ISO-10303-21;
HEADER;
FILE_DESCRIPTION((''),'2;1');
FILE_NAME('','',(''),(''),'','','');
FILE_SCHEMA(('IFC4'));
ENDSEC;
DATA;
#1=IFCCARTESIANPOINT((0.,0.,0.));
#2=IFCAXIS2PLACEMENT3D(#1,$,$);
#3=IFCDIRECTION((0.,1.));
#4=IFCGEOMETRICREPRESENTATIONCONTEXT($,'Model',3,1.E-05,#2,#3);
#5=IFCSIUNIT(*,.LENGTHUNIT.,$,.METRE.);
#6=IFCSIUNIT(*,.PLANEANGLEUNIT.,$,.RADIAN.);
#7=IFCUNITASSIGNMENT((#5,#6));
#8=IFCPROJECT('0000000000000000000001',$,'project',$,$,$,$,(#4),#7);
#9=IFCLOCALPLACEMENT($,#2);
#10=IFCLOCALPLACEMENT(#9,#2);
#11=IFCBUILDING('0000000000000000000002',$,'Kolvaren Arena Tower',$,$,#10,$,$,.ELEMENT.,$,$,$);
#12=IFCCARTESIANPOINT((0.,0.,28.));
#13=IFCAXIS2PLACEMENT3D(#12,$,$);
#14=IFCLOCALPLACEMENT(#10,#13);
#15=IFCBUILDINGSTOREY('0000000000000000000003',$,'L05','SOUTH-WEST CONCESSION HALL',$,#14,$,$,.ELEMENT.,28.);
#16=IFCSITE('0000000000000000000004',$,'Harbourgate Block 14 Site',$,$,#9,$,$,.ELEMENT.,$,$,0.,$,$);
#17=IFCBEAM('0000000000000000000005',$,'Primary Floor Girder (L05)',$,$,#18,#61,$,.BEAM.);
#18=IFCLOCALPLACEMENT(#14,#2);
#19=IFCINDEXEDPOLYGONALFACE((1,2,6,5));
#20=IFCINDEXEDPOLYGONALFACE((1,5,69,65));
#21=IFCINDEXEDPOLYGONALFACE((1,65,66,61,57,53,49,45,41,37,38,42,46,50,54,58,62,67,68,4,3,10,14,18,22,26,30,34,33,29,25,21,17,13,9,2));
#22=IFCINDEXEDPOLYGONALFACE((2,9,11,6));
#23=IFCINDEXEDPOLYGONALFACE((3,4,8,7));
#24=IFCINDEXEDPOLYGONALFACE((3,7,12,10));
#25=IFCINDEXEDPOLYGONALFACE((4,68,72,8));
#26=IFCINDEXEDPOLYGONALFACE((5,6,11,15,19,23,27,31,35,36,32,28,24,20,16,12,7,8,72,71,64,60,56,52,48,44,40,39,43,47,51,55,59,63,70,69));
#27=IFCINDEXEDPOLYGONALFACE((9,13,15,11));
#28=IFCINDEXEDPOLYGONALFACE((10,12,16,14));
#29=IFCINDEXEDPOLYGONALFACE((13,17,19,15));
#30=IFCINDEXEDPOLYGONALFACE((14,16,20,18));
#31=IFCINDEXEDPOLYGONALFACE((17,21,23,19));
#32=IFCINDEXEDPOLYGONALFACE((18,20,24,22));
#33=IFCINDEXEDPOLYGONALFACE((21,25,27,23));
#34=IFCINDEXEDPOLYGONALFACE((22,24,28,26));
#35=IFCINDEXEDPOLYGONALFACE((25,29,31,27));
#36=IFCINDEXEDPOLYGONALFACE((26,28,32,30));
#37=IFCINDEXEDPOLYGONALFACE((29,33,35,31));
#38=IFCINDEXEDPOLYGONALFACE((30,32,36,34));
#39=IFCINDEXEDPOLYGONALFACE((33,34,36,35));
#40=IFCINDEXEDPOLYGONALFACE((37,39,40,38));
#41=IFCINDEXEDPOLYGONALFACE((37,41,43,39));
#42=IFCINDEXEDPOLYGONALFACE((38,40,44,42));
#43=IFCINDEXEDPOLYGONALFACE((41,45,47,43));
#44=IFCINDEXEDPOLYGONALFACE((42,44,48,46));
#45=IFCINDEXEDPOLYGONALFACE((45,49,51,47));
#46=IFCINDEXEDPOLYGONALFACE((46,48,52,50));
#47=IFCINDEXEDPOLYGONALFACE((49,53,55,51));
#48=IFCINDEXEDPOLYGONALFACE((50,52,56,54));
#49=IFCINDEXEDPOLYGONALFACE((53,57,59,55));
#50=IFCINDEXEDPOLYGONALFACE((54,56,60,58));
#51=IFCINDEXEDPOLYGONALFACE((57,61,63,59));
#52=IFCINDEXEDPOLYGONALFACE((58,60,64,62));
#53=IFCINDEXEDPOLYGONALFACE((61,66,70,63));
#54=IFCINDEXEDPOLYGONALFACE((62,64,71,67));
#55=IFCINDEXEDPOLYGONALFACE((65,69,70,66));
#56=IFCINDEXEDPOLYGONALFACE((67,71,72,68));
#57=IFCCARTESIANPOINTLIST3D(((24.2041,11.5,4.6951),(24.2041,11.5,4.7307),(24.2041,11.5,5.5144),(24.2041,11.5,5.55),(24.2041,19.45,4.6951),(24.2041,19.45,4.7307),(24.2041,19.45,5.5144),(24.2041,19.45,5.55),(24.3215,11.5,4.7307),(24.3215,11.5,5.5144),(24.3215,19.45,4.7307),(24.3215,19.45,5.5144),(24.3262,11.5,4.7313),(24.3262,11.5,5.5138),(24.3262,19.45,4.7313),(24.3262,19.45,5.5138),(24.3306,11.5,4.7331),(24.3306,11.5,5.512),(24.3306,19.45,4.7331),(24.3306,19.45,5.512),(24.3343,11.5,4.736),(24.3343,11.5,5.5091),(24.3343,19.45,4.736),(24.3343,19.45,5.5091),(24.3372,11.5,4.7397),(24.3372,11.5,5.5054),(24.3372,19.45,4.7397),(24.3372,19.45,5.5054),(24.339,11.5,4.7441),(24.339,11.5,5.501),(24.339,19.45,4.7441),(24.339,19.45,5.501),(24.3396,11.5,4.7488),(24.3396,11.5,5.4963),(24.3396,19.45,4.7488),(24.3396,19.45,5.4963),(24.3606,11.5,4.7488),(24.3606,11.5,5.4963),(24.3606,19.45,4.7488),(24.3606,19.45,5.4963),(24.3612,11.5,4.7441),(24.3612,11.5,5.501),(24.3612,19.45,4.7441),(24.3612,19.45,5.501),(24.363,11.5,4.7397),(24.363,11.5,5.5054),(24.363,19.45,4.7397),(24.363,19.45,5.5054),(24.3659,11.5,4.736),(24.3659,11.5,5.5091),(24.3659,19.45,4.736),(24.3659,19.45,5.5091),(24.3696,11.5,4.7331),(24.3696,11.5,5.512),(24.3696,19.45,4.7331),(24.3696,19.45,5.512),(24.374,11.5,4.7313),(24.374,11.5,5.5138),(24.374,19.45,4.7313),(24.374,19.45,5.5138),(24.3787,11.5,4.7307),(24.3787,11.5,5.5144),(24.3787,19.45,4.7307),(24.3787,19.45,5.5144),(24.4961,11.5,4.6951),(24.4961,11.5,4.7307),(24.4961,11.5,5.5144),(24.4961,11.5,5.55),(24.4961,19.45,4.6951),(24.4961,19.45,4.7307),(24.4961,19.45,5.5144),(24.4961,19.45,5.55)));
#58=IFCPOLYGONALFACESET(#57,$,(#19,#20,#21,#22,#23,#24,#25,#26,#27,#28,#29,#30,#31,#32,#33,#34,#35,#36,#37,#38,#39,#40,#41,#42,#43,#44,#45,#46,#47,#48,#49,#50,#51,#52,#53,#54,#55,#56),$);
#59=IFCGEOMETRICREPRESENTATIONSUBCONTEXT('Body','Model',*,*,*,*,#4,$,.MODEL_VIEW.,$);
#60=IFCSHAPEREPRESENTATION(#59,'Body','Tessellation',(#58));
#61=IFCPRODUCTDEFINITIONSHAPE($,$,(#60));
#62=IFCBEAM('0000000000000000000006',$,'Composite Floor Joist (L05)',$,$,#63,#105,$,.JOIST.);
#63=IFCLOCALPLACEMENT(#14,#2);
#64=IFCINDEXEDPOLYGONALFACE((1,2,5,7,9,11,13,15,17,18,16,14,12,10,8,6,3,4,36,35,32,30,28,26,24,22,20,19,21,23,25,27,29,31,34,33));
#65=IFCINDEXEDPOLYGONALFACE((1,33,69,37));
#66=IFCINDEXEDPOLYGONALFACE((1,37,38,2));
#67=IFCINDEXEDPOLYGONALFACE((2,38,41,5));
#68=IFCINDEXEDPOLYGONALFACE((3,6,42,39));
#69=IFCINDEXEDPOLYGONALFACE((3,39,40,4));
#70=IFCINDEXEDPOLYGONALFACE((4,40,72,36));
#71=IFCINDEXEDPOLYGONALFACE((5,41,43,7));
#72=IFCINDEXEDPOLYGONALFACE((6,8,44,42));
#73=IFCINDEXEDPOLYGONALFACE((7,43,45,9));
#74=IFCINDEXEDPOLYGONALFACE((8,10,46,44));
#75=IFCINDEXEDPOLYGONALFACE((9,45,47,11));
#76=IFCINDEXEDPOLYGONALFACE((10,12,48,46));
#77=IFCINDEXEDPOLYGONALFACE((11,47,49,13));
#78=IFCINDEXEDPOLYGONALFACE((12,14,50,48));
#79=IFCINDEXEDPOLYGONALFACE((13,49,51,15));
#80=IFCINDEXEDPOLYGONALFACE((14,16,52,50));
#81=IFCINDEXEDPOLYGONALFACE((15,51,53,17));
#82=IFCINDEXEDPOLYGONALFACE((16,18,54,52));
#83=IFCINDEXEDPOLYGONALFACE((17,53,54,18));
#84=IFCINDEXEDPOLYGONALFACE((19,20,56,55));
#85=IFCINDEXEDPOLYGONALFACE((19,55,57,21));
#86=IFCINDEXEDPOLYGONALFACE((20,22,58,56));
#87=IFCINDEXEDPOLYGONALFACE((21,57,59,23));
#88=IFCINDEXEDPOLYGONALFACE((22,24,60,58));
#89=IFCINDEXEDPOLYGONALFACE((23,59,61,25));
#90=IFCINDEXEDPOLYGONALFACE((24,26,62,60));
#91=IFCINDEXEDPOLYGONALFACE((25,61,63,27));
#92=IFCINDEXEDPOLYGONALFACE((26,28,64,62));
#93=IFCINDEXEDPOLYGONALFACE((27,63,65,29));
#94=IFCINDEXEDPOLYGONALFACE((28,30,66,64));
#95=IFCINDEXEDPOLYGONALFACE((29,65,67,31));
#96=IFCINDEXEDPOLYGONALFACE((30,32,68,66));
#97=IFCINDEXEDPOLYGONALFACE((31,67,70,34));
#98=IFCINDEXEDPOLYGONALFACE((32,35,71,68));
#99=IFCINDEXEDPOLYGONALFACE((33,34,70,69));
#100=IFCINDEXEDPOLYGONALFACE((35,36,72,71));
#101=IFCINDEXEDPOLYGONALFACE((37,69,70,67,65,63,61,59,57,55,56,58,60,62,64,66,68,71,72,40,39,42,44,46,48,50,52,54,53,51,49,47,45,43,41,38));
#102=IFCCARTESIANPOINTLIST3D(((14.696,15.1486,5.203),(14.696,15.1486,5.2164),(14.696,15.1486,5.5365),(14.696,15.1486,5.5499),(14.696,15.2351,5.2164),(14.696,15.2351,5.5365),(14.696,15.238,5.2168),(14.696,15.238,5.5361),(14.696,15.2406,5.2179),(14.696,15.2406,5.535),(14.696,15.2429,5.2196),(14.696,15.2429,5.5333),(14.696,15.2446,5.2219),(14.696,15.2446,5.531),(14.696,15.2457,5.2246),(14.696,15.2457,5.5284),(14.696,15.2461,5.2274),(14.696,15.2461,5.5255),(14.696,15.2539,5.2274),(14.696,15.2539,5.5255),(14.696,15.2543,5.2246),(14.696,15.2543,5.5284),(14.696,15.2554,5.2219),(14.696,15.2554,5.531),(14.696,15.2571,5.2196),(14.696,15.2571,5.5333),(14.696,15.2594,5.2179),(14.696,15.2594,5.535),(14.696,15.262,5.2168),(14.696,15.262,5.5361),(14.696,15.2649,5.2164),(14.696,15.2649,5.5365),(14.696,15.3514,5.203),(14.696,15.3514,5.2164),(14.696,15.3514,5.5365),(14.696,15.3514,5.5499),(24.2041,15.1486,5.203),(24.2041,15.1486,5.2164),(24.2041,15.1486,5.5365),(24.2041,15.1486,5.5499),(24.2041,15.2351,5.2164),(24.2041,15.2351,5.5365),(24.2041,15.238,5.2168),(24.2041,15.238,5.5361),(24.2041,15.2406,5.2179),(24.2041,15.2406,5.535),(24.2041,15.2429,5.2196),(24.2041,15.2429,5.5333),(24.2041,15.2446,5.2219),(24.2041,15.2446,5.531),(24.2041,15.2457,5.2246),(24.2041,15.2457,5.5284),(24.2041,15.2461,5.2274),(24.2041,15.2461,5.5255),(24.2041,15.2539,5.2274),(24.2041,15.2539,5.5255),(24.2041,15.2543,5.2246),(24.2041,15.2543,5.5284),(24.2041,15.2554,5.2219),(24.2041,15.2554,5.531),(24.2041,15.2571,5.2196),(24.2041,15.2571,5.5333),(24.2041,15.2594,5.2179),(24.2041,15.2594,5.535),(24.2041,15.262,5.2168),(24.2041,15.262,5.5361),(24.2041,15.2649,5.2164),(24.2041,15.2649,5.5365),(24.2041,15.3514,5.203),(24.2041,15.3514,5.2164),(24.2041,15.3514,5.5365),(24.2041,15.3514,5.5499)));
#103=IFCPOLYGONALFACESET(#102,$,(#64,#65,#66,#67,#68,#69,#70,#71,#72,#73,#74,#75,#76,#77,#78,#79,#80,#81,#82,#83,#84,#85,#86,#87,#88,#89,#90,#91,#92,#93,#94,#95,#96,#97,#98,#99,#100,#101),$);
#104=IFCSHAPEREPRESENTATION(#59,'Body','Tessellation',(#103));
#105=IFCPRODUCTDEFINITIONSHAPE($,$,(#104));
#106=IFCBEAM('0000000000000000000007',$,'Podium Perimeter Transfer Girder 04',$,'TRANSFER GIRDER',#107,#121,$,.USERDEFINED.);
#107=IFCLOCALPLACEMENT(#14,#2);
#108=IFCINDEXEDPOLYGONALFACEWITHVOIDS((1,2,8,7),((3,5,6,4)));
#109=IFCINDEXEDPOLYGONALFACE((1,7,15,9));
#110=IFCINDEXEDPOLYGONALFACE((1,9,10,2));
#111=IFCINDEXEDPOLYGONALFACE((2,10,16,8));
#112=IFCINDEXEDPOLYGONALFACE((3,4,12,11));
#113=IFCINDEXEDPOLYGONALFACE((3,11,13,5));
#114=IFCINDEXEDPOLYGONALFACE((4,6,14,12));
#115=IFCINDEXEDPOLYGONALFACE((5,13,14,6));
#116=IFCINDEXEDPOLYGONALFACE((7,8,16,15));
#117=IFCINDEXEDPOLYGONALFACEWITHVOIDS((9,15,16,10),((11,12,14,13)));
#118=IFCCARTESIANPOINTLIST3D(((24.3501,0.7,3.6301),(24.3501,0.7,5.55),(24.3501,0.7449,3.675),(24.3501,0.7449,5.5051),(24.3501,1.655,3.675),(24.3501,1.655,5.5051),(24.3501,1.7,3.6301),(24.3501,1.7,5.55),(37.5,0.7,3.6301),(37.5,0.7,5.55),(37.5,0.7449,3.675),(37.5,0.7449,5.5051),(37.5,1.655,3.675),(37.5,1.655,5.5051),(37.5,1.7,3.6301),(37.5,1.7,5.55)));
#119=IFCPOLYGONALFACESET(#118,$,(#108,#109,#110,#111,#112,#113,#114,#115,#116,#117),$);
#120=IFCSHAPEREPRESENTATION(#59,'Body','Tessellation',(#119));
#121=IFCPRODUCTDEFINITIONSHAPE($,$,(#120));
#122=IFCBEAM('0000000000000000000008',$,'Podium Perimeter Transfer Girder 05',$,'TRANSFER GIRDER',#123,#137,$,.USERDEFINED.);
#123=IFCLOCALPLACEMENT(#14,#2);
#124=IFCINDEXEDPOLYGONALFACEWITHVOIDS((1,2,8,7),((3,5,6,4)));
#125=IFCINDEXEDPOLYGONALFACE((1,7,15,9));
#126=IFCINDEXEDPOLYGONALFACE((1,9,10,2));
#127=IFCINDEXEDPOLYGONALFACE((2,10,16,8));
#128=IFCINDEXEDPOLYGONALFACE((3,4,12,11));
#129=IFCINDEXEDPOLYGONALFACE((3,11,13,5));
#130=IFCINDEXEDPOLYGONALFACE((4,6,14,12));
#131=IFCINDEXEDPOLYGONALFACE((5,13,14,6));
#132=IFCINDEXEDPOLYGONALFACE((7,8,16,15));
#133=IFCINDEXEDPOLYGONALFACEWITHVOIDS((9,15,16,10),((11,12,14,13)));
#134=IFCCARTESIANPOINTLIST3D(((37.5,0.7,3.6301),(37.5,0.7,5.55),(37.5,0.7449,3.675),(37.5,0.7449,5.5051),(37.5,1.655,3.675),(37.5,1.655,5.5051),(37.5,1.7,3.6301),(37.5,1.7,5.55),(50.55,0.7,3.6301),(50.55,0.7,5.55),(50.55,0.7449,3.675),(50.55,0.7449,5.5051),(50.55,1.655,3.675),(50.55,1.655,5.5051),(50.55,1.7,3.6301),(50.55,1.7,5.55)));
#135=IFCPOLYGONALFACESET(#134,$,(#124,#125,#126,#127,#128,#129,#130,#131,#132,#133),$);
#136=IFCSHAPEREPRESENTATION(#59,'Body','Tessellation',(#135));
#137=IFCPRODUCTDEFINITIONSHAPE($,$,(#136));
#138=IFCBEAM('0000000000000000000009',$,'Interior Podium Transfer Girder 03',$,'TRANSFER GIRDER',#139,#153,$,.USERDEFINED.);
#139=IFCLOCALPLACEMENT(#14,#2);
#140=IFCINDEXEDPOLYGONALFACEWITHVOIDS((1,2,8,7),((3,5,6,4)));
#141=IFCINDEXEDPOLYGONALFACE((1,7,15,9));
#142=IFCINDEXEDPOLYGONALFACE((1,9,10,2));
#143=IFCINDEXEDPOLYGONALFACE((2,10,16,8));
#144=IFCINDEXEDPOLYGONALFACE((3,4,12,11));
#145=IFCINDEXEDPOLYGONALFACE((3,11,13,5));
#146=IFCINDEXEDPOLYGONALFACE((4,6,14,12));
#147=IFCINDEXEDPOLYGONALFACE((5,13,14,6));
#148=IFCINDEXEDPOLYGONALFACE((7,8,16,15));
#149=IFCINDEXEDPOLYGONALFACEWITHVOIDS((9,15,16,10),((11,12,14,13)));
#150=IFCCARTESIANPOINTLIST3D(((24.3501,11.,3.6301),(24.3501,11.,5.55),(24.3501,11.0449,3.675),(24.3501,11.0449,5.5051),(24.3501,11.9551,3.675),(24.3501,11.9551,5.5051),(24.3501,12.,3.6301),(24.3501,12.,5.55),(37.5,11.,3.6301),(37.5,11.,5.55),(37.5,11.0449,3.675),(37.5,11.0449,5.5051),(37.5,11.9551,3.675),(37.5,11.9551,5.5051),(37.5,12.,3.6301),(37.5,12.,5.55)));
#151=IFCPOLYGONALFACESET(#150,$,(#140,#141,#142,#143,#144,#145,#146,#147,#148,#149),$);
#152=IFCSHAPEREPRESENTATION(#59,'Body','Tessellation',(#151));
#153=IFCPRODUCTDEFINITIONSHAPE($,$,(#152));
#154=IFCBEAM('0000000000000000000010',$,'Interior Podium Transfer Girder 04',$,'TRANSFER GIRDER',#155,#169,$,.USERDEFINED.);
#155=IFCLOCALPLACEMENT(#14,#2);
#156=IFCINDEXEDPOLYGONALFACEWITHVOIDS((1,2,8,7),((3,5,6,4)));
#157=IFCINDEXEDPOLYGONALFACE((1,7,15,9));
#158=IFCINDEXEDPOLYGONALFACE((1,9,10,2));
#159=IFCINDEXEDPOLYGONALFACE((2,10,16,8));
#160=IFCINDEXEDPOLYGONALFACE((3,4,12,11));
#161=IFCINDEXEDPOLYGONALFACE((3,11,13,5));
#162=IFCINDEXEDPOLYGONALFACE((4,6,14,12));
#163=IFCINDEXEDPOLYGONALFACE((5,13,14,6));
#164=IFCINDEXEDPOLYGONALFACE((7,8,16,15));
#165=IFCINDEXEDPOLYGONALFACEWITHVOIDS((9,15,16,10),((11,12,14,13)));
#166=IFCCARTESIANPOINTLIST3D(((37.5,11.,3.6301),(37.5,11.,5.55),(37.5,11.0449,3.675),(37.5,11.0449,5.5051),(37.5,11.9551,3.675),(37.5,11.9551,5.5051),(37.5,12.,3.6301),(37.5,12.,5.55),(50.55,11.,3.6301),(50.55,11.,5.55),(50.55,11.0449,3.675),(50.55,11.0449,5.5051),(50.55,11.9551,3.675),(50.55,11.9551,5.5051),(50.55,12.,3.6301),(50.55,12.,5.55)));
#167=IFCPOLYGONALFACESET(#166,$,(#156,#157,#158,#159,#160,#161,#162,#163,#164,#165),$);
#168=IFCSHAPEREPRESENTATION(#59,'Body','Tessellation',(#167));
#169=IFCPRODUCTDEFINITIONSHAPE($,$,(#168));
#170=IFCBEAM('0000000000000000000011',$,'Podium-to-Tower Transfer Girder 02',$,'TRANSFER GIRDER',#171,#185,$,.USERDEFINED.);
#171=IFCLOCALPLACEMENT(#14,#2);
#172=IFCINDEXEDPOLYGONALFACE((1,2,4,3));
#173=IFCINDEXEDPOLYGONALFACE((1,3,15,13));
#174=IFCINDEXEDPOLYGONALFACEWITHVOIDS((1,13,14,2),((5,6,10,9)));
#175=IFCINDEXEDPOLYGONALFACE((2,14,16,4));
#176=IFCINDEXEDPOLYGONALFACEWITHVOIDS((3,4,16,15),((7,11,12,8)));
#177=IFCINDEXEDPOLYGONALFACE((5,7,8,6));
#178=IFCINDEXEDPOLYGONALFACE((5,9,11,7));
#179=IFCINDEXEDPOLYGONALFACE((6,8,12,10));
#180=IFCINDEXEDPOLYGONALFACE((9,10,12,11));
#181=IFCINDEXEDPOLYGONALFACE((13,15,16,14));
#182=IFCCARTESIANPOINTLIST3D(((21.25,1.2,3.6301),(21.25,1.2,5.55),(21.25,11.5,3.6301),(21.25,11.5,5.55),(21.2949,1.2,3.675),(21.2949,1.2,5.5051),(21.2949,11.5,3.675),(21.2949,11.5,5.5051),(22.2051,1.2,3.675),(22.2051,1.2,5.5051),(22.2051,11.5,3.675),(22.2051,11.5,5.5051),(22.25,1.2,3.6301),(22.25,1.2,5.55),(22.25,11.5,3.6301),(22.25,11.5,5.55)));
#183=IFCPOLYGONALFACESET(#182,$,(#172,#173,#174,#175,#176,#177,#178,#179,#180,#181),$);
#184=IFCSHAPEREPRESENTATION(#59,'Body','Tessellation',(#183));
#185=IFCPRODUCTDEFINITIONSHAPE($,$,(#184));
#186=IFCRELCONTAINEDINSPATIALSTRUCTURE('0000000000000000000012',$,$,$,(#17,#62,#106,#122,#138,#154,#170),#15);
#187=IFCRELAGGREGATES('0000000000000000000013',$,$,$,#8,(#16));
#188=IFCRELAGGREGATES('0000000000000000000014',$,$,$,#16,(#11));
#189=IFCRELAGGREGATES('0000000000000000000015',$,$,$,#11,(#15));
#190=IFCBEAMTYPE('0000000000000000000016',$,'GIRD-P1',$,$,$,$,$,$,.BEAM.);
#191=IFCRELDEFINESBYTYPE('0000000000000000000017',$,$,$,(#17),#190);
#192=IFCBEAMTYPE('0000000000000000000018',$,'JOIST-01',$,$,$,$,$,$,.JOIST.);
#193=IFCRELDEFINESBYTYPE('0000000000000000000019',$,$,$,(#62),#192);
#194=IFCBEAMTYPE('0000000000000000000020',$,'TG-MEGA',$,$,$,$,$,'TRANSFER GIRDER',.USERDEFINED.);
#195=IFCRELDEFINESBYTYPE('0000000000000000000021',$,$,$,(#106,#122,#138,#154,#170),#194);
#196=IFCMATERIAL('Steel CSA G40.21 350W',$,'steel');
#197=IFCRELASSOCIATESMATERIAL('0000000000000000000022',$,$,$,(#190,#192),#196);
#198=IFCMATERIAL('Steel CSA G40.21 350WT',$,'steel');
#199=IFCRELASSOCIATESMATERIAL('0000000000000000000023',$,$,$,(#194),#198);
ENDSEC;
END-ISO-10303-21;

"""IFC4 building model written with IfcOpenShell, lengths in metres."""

from ifc_helpers import new_model, si_unit, direction, frame, origin, origin_2d, place, context, subcontext, project, spatial, hollow_rectangle, i_section, extrude, material, material_profile, profile_set, type_object, element, save


model = new_model("IFC4")

# Units and contexts
model_context = context("Model", 3, precision=1e-05, world=origin(), true_north=direction((0.0, 1.0)))
body_context = subcontext(model_context, "Body", "Model", "MODEL_VIEW")
ifc_project = project(units=[si_unit("LENGTHUNIT", "METRE"), si_unit("PLANEANGLEUNIT", "RADIAN")], contexts=[model_context])

# Site, building, storey
site_placement = place(None, origin())
site = spatial("IfcSite", under=ifc_project, at=site_placement, Name="Harbourgate Block 14 Site", CompositionType="ELEMENT", RefElevation=0.0)
building_placement = place(site_placement, origin())
building = spatial("IfcBuilding", under=site, at=building_placement, Name="Kolvaren Arena Tower", CompositionType="ELEMENT")
storey_placement = place(building_placement, frame((0.0, 0.0, 28.0)))
storey = spatial("IfcBuildingStorey", under=building, at=storey_placement, Name="L05", Description="SOUTH-WEST CONCESSION HALL", CompositionType="ELEMENT", Elevation=28.0)

# Beams
ifc_material_1 = material(Name="Steel CSA G40.21 350W", Category="steel")
ifc_material_profile_1 = material_profile(ifc_material_1, i_section(OverallWidth=0.292, OverallDepth=0.855, WebThickness=0.021, FlangeThickness=0.0356, FilletRadius=0.0181, at=origin_2d()), Name="W840x299")
ifc_profile_set_1 = profile_set([ifc_material_profile_1], Name="Steel CSA G40.21 350W")
beam_type_1 = type_object("IfcBeamType", Name="GIRD-P1", PredefinedType="BEAM", material=ifc_profile_set_1)
beam_1_placement = place(storey_placement, frame((24.3501, 11.5, 5.1226), z_axis=(0.0, 1.0, 0.0), x_axis=(-1.0, 0.0, 0.0)))
element("IfcBeam", 1, at=beam_1_placement, inside=storey, type_object=beam_type_1, Name="Primary Floor Girder (L05)", PredefinedType="BEAM", context=body_context, shape_type="SweptSolid", body=[
    extrude(i_section(OverallWidth=0.292, OverallDepth=0.855, WebThickness=0.021, FlangeThickness=0.0356, FilletRadius=0.0181, at=origin_2d()), origin(), (0.0, 0.0, 1.0), 7.95),
])
ifc_material_profile_2 = material_profile(ifc_material_1, i_section(OverallWidth=0.2029, OverallDepth=0.3469, WebThickness=0.0078, FlangeThickness=0.0134, FilletRadius=0.011, at=origin_2d()), Name="W360x64")
ifc_profile_set_2 = profile_set([ifc_material_profile_2], Name="Steel CSA G40.21 350W")
beam_type_2 = type_object("IfcBeamType", Name="JOIST-01", PredefinedType="JOIST", material=ifc_profile_set_2)
beam_2_placement = place(storey_placement, frame((14.696, 15.25, 5.3765), z_axis=(1.0, 0.0, 0.0), x_axis=(0.0, 1.0, 0.0)))
element("IfcBeam", 2, at=beam_2_placement, inside=storey, type_object=beam_type_2, Name="Composite Floor Joist (L05)", PredefinedType="JOIST", context=body_context, shape_type="SweptSolid", body=[
    extrude(i_section(OverallWidth=0.2029, OverallDepth=0.3469, WebThickness=0.0078, FlangeThickness=0.0134, FilletRadius=0.011, at=origin_2d()), origin(), (0.0, 0.0, 1.0), 9.5081),
])
ifc_material_2 = material(Name="Steel CSA G40.21 350WT", Category="steel")
ifc_material_profile_3 = material_profile(ifc_material_2, hollow_rectangle(XDim=1.0, YDim=1.9199, WallThickness=0.0449, at=origin_2d()), Name="BOX 1000x1920x45")
ifc_profile_set_3 = profile_set([ifc_material_profile_3], Name="Steel CSA G40.21 350WT")
beam_type_3 = type_object("IfcBeamType", Name="TG-MEGA", ElementType="TRANSFER GIRDER", PredefinedType="USERDEFINED", material=ifc_profile_set_3)
beam_3_placement = place(storey_placement, frame((24.3501, 1.2, 4.5901), z_axis=(1.0, 0.0, 0.0), x_axis=(0.0, 1.0, 0.0)))
element("IfcBeam", 3, at=beam_3_placement, inside=storey, type_object=beam_type_3, Name="Podium Perimeter Transfer Girder 04", ObjectType="TRANSFER GIRDER", PredefinedType="USERDEFINED", context=body_context, shape_type="SweptSolid", body=[
    extrude(hollow_rectangle(XDim=1.0, YDim=1.9199, WallThickness=0.0449, at=origin_2d()), origin(), (0.0, 0.0, 1.0), 13.1499),
])
beam_4_placement = place(storey_placement, frame((37.5, 1.2, 4.5901), z_axis=(1.0, 0.0, 0.0), x_axis=(0.0, 1.0, 0.0)))
element("IfcBeam", 4, at=beam_4_placement, inside=storey, type_object=beam_type_3, Name="Podium Perimeter Transfer Girder 05", ObjectType="TRANSFER GIRDER", PredefinedType="USERDEFINED", context=body_context, shape_type="SweptSolid", body=[
    extrude(hollow_rectangle(XDim=1.0, YDim=1.9199, WallThickness=0.0449, at=origin_2d()), origin(), (0.0, 0.0, 1.0), 13.05),
])
beam_5_placement = place(storey_placement, frame((24.3501, 11.5, 4.5901), z_axis=(1.0, 0.0, 0.0), x_axis=(0.0, 1.0, 0.0)))
element("IfcBeam", 5, at=beam_5_placement, inside=storey, type_object=beam_type_3, Name="Interior Podium Transfer Girder 03", ObjectType="TRANSFER GIRDER", PredefinedType="USERDEFINED", context=body_context, shape_type="SweptSolid", body=[
    extrude(hollow_rectangle(XDim=1.0, YDim=1.9199, WallThickness=0.0449, at=origin_2d()), origin(), (0.0, 0.0, 1.0), 13.1499),
])
beam_6_placement = place(storey_placement, frame((37.5, 11.5, 4.5901), z_axis=(1.0, 0.0, 0.0), x_axis=(0.0, 1.0, 0.0)))
element("IfcBeam", 6, at=beam_6_placement, inside=storey, type_object=beam_type_3, Name="Interior Podium Transfer Girder 04", ObjectType="TRANSFER GIRDER", PredefinedType="USERDEFINED", context=body_context, shape_type="SweptSolid", body=[
    extrude(hollow_rectangle(XDim=1.0, YDim=1.9199, WallThickness=0.0449, at=origin_2d()), origin(), (0.0, 0.0, 1.0), 13.05),
])
for number, where, z_axis, x_axis, name in (
    (7, (21.75, 1.2, 4.5901), (0.0, 1.0, 0.0), (-1.0, 0.0, 0.0), "Podium-to-Tower Transfer Girder 02"),
):
    element("IfcBeam", number, at=place(storey_placement, frame(where, z_axis=z_axis, x_axis=x_axis)), inside=storey, type_object=beam_type_3, Name=name, ObjectType="TRANSFER GIRDER", PredefinedType="USERDEFINED", context=body_context, shape_type="SweptSolid", body=[
        extrude(hollow_rectangle(XDim=1.0, YDim=1.9199, WallThickness=0.0449, at=origin_2d()), origin(), (0.0, 0.0, 1.0), 10.3),
    ])

save(model, "model.ifc")
